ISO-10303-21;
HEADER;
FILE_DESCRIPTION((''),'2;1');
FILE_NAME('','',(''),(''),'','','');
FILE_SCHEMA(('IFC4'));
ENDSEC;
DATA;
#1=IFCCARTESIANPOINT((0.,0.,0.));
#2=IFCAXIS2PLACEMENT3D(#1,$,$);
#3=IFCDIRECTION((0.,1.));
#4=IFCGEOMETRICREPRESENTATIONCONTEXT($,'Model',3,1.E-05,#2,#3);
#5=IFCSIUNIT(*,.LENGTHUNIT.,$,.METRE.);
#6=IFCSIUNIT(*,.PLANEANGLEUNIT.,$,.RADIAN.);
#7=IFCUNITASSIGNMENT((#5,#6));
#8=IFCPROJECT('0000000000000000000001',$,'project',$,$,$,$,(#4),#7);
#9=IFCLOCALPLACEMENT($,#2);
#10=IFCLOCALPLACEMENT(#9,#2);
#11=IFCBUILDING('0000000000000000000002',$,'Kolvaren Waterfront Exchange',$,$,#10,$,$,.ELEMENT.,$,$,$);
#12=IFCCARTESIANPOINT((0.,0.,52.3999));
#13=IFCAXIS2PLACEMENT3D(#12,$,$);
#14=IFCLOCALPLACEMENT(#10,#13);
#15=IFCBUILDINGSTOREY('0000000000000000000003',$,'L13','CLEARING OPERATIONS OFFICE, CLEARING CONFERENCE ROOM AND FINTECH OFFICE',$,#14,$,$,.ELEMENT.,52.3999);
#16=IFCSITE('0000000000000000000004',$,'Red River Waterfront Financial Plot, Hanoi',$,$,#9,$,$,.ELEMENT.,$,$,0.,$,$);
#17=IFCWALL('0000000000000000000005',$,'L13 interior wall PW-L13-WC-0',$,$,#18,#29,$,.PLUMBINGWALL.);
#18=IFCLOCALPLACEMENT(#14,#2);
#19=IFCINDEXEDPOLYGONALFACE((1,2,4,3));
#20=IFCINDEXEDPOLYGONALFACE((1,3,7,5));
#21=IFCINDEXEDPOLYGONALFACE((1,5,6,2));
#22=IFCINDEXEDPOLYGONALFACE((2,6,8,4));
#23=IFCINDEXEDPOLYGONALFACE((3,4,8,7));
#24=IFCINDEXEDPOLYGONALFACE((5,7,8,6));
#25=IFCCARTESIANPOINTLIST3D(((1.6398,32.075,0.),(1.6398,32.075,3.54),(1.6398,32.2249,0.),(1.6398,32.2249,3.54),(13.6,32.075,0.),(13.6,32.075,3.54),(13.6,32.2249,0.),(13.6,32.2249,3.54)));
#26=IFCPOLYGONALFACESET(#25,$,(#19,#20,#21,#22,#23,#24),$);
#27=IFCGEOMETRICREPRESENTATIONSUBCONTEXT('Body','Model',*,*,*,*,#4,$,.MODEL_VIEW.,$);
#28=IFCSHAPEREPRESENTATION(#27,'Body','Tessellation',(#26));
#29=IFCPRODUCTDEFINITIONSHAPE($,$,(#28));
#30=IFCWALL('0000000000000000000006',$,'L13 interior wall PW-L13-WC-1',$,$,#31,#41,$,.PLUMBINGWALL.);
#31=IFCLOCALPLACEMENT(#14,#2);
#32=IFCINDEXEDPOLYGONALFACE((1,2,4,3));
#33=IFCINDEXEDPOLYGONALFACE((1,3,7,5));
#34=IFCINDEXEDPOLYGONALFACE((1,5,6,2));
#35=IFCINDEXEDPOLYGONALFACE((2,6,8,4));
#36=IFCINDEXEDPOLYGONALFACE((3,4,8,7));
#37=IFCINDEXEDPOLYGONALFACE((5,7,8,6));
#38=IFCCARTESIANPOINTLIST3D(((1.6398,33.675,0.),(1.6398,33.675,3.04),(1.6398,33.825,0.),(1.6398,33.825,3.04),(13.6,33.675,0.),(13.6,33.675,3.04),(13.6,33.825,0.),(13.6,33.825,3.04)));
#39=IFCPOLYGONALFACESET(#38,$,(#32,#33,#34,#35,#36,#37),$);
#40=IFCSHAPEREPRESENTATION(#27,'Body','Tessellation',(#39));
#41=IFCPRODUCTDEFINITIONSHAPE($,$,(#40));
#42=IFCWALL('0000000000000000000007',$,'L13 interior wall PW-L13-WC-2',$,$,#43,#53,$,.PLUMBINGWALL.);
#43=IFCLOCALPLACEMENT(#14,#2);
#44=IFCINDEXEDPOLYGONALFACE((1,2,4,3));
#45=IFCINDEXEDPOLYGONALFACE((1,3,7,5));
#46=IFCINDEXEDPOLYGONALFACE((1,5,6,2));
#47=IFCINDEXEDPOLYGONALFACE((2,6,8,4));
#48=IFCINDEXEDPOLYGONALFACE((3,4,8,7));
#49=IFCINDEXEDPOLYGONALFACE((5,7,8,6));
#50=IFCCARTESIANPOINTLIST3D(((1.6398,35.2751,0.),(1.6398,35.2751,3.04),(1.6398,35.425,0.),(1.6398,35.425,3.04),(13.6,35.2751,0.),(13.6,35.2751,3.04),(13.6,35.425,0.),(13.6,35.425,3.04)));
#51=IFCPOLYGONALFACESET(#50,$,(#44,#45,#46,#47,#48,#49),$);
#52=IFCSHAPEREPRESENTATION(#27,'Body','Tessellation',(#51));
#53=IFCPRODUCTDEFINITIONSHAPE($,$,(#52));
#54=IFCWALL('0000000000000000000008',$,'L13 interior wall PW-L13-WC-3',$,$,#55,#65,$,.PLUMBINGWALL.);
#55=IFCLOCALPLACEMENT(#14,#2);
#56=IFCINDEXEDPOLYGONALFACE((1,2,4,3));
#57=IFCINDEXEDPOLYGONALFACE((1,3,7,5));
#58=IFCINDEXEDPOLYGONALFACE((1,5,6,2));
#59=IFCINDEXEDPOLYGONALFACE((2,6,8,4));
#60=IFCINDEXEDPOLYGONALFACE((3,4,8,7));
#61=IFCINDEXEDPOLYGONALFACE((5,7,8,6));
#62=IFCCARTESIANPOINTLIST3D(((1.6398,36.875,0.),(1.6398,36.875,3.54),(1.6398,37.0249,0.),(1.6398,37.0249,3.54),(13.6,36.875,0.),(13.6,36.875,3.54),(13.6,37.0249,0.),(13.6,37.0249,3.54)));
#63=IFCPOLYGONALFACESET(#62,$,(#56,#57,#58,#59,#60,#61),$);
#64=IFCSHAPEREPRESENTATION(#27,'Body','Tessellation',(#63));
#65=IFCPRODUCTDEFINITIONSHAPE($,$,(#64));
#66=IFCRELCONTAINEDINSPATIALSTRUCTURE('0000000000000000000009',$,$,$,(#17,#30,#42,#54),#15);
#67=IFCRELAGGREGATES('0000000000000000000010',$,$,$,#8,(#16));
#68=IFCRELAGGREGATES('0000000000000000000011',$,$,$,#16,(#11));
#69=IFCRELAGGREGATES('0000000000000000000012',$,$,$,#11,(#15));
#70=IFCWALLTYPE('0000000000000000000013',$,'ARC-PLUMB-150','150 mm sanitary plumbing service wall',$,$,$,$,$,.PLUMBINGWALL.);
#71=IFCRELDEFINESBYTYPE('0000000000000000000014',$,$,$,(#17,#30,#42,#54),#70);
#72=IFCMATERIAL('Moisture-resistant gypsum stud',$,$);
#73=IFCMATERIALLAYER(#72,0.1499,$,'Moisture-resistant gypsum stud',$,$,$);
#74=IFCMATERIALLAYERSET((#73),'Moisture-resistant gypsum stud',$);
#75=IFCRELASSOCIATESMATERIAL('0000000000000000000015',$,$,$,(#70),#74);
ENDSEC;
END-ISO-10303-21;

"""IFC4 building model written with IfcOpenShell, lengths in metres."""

from ifc_helpers import new_model, si_unit, direction, frame, frame_2d, origin, place, context, subcontext, project, spatial, rectangle, extrude, material, layer, layer_set, type_object, element, save


model = new_model("IFC4")

# Units and contexts
model_context = context("Model", 3, precision=1e-05, world=origin(), true_north=direction((0.0, 1.0)))
body_context = subcontext(model_context, "Body", "Model", "MODEL_VIEW")
ifc_project = project(units=[si_unit("LENGTHUNIT", "METRE"), si_unit("PLANEANGLEUNIT", "RADIAN")], contexts=[model_context])

# Site, building, storey
site_placement = place(None, origin())
site = spatial("IfcSite", under=ifc_project, at=site_placement, Name="Red River Waterfront Financial Plot, Hanoi", CompositionType="ELEMENT", RefElevation=0.0)
building_placement = place(site_placement, origin())
building = spatial("IfcBuilding", under=site, at=building_placement, Name="Kolvaren Waterfront Exchange", CompositionType="ELEMENT")
storey_placement = place(building_placement, frame((0.0, 0.0, 52.3999)))
storey = spatial("IfcBuildingStorey", under=building, at=storey_placement, Name="L13", Description="CLEARING OPERATIONS OFFICE, CLEARING CONFERENCE ROOM AND FINTECH OFFICE", CompositionType="ELEMENT", Elevation=52.3999)

# Wall
ifc_material_1 = material(Name="Moisture-resistant gypsum stud")
ifc_layer_1 = layer(ifc_material_1, 0.1499, Name="Moisture-resistant gypsum stud")
ifc_layer_set_1 = layer_set([ifc_layer_1], Name="Moisture-resistant gypsum stud")
wall_type_1 = type_object("IfcWallType", Name="ARC-PLUMB-150", Description="150 mm sanitary plumbing service wall", PredefinedType="PLUMBINGWALL", material=ifc_layer_set_1)
wall_1_placement = place(storey_placement, frame((1.6399, 32.1499, 0.0), z_axis=(0.0, 0.0, 1.0), x_axis=(1.0, 0.0, 0.0)))
element("IfcWall", 1, at=wall_1_placement, inside=storey, type_object=wall_type_1, Name="L13 interior wall PW-L13-WC-0", PredefinedType="PLUMBINGWALL", context=body_context, shape_type="SweptSolid", body=[
    extrude(rectangle(XDim=11.9602, YDim=0.1499, at=frame_2d((5.98, 0.0))), origin(), (0.0, 0.0, 1.0), 3.54),
])

# Walls
for number, where, z_axis, x_axis, name in (
    (2, (1.6399, 33.75, 0.0), (0.0, 0.0, 1.0), (1.0, 0.0, 0.0), "L13 interior wall PW-L13-WC-1"),
    (3, (1.6399, 35.3501, 0.0), (0.0, 0.0, 1.0), (1.0, 0.0, 0.0), "L13 interior wall PW-L13-WC-2"),
):
    element("IfcWall", number, at=place(storey_placement, frame(where, z_axis=z_axis, x_axis=x_axis)), inside=storey, type_object=wall_type_1, Name=name, PredefinedType="PLUMBINGWALL", context=body_context, shape_type="SweptSolid", body=[
        extrude(rectangle(XDim=11.9602, YDim=0.1499, at=frame_2d((5.98, 0.0))), origin(), (0.0, 0.0, 1.0), 3.04),
    ])
wall_2_placement = place(storey_placement, frame((1.6399, 36.95, 0.0), z_axis=(0.0, 0.0, 1.0), x_axis=(1.0, 0.0, 0.0)))
element("IfcWall", 4, at=wall_2_placement, inside=storey, type_object=wall_type_1, Name="L13 interior wall PW-L13-WC-3", PredefinedType="PLUMBINGWALL", context=body_context, shape_type="SweptSolid", body=[
    extrude(rectangle(XDim=11.9602, YDim=0.1499, at=frame_2d((5.98, 0.0))), origin(), (0.0, 0.0, 1.0), 3.54),
])

save(model, "model.ifc")
